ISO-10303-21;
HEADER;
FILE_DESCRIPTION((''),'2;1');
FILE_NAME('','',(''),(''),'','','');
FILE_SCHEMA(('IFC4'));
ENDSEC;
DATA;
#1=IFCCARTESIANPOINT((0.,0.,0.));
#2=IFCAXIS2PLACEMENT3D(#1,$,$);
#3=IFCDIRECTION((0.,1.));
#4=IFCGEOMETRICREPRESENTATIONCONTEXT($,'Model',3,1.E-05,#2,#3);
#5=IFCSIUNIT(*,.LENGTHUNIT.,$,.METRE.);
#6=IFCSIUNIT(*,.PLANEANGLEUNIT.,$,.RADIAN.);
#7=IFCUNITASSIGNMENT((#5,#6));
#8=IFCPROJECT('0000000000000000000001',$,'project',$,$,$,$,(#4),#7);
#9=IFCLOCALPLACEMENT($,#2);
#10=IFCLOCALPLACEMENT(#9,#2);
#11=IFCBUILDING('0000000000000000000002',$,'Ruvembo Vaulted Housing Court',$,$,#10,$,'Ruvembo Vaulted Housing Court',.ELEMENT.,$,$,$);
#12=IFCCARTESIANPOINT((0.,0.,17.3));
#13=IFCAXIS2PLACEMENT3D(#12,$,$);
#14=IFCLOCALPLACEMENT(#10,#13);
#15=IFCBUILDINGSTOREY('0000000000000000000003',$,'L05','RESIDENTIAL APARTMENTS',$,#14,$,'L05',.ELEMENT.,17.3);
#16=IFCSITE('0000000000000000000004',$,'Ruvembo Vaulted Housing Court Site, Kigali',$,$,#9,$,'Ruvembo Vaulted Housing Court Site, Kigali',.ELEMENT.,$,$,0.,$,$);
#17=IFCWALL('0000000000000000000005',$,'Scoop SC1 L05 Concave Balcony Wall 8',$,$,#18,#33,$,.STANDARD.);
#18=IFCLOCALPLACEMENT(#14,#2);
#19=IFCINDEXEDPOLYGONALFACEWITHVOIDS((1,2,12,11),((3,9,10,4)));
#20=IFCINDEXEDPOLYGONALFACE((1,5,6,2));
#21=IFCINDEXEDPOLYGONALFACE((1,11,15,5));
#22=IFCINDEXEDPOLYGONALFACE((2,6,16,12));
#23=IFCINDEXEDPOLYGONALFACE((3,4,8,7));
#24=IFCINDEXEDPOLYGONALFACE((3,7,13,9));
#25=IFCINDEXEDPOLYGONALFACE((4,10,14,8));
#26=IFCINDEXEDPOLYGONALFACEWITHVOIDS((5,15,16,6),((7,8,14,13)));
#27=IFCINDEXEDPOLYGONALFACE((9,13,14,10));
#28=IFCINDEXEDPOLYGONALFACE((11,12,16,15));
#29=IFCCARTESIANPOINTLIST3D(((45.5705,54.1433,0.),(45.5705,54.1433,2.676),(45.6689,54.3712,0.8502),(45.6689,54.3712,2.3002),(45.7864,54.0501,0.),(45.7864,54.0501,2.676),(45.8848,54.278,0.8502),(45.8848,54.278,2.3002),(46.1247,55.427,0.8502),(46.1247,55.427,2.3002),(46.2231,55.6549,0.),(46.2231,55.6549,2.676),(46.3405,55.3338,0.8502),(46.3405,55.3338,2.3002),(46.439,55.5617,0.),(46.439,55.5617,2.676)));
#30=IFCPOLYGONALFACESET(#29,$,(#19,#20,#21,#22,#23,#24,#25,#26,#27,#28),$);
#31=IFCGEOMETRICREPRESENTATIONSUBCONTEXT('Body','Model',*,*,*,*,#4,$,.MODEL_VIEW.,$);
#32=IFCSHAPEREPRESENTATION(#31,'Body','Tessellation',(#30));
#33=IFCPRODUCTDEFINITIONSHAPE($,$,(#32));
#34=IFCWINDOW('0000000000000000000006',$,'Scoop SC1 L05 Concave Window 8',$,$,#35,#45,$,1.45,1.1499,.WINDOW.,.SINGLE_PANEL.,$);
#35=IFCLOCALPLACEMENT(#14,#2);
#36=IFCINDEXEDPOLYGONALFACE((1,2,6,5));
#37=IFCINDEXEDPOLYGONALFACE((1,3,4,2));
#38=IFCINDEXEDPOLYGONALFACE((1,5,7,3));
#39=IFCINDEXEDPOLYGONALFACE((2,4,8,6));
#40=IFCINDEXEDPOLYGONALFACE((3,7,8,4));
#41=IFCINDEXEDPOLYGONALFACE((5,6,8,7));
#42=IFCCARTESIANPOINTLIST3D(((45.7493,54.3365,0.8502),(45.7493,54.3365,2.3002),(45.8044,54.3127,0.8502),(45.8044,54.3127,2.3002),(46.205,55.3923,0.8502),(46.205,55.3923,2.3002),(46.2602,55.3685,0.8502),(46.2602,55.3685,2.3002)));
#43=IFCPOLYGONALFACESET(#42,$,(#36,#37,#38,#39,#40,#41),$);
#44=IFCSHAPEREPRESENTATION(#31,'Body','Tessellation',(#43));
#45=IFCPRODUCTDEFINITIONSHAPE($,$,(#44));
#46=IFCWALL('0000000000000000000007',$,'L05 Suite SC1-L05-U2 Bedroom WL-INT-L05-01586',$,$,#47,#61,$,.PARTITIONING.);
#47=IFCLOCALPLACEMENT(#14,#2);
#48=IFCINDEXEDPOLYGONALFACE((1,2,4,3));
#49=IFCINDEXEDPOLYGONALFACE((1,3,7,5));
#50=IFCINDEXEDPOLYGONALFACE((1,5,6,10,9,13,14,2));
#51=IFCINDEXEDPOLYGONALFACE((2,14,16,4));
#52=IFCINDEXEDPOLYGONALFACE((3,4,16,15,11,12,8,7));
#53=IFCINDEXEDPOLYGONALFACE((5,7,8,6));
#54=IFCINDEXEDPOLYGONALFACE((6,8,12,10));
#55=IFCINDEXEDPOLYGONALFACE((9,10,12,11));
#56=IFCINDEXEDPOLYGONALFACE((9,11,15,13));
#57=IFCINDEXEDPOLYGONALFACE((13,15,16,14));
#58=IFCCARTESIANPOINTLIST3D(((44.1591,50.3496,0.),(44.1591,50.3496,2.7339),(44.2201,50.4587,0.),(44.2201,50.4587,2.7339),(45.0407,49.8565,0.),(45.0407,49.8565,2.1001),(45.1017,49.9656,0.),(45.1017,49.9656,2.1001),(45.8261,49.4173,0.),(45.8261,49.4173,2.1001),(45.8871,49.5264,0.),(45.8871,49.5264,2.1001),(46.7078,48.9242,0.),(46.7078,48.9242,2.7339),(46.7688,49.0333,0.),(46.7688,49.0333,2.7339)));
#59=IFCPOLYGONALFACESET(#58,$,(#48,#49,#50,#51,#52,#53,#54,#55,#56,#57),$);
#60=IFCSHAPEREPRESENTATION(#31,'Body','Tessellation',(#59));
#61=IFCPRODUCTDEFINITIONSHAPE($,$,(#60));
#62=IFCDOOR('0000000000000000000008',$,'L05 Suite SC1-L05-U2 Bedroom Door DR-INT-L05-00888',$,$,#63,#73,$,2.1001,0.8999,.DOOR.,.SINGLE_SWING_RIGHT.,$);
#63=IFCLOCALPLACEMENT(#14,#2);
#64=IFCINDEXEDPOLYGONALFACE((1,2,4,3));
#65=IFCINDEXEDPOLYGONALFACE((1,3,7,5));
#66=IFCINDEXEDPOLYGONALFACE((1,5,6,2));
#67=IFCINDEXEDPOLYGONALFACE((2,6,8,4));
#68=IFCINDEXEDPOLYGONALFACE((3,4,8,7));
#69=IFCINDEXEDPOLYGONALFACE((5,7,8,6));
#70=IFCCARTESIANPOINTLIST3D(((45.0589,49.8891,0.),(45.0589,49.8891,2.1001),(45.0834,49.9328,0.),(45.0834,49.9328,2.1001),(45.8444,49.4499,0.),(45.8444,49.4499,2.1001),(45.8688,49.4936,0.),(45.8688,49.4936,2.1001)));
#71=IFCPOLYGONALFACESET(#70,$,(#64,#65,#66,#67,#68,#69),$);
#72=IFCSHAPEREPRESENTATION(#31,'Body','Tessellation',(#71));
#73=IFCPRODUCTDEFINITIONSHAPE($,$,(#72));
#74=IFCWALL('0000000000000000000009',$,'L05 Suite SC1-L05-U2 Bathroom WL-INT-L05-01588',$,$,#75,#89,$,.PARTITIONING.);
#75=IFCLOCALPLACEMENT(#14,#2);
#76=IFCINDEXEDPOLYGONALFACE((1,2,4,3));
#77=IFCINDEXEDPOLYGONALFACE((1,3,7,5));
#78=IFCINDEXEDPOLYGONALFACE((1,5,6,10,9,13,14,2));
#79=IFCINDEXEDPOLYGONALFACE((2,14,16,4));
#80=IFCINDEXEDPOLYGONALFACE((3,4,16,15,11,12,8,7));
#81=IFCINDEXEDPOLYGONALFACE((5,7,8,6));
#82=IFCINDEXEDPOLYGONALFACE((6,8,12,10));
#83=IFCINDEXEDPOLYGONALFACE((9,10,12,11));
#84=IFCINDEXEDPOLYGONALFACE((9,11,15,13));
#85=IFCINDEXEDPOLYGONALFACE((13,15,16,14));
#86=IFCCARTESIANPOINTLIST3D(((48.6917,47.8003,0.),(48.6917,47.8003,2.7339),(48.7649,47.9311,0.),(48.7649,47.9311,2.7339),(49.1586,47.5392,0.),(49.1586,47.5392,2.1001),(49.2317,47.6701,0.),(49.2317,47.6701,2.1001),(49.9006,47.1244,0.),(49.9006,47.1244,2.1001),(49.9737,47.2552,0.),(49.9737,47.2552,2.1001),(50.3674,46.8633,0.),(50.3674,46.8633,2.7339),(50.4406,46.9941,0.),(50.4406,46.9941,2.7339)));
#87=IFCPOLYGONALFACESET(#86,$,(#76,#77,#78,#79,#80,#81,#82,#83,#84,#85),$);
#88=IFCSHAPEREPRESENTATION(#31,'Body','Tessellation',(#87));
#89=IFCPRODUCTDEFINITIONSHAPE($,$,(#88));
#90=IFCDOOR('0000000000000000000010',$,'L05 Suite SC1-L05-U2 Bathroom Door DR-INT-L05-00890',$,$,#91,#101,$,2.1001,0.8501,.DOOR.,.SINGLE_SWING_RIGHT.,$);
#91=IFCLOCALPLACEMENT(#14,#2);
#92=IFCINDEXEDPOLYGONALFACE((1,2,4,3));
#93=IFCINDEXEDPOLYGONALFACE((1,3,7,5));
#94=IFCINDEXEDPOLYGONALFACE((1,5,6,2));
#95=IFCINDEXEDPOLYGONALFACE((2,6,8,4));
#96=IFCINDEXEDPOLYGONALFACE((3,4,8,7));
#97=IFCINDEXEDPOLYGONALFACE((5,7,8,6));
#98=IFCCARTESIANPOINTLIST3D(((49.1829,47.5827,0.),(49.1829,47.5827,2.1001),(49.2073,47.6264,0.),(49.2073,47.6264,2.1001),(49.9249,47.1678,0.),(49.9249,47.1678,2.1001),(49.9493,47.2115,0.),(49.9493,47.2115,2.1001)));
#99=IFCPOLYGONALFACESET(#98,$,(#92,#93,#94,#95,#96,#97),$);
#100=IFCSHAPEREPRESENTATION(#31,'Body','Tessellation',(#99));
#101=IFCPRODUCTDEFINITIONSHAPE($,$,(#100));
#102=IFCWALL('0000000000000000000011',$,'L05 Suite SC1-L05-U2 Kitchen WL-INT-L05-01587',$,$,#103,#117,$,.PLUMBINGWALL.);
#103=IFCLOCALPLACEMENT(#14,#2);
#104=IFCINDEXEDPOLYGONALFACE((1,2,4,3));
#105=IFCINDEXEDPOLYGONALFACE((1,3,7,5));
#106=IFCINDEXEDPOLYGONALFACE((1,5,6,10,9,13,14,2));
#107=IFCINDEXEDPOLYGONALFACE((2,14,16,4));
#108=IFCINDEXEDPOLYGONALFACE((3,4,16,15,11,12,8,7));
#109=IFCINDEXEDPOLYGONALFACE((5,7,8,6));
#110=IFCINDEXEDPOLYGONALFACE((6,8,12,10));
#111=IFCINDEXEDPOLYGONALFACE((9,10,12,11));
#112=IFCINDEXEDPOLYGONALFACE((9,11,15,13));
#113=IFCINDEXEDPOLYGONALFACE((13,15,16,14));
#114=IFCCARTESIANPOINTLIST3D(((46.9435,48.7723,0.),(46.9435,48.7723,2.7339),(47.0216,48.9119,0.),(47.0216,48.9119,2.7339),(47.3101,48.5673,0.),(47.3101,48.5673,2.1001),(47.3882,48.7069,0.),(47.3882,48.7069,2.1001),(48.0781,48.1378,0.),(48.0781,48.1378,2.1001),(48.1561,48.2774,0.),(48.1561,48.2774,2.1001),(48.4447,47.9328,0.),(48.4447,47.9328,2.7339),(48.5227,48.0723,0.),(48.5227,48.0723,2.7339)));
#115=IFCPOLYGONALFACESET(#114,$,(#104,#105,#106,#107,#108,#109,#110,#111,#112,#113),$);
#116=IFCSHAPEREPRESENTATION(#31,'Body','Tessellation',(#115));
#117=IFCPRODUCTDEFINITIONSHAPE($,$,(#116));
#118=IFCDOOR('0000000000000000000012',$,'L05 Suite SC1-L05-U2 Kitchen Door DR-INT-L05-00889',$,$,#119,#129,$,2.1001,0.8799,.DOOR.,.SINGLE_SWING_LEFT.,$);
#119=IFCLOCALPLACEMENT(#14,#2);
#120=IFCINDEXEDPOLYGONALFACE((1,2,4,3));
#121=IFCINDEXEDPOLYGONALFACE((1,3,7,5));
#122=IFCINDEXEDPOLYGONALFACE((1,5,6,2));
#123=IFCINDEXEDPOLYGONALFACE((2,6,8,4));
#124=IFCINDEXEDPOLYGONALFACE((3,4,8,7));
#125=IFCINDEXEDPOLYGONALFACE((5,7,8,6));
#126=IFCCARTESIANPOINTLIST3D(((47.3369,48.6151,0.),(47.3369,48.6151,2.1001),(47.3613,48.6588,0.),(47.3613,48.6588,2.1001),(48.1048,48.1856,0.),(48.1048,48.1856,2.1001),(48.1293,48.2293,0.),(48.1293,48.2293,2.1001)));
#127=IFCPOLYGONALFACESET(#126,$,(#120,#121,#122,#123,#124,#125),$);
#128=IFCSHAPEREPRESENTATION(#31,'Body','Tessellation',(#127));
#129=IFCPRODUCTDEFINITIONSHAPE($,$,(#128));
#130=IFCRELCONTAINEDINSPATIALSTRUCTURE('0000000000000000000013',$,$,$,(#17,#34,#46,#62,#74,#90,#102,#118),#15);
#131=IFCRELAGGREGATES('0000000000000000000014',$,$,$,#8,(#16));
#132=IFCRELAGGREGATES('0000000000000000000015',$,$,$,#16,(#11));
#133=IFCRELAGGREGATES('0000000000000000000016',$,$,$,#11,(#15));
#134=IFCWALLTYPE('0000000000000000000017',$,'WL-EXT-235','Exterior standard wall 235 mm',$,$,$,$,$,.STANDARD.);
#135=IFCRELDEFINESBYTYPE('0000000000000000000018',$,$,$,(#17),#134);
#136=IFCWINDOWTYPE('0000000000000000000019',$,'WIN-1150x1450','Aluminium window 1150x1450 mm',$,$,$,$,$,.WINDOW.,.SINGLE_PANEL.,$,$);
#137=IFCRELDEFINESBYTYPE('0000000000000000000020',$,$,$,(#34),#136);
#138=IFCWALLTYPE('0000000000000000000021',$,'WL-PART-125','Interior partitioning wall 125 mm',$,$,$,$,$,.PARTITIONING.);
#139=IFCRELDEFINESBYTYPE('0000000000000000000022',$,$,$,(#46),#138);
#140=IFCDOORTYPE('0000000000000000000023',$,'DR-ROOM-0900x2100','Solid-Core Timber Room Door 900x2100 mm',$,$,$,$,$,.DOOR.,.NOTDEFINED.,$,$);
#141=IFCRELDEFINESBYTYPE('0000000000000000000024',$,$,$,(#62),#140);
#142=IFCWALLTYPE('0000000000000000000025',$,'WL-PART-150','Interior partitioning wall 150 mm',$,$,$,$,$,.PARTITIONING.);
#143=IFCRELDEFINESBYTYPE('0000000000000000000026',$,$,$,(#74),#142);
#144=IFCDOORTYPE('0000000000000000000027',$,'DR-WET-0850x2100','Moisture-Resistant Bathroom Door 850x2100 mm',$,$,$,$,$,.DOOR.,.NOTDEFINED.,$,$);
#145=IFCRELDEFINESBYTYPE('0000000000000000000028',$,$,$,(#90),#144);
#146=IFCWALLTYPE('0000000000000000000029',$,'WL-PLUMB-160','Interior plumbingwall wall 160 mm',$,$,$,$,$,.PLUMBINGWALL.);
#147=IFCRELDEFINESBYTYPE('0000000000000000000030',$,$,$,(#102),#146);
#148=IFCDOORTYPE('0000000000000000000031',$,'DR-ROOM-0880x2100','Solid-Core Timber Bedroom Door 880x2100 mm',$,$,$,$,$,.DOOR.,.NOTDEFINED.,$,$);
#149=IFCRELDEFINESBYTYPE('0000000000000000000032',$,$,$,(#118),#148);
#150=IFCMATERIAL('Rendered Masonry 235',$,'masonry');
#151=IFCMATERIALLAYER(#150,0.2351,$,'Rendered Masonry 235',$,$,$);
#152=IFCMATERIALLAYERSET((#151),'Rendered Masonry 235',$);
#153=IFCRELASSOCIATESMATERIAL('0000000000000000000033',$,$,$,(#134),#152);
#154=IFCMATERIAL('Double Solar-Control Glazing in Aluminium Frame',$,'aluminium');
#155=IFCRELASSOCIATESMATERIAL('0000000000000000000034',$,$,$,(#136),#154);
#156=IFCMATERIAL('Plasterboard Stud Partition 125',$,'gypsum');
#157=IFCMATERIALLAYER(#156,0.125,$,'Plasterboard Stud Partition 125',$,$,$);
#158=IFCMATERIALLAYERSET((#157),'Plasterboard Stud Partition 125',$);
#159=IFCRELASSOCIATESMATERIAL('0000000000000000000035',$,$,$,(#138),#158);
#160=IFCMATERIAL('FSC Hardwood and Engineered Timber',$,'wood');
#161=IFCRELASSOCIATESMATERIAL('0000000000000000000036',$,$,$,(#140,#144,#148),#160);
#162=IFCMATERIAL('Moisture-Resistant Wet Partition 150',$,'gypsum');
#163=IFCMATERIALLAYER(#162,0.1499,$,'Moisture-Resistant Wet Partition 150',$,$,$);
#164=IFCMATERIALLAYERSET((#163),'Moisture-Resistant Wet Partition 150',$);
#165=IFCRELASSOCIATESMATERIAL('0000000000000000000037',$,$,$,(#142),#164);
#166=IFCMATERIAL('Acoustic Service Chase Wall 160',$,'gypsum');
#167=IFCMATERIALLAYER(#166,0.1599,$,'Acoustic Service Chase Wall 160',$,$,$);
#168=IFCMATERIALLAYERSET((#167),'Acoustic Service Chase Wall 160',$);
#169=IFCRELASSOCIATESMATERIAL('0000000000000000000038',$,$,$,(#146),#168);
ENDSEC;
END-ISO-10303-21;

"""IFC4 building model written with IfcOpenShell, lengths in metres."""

from ifc_helpers import new_model, si_unit, direction, frame, frame_2d, origin, place, context, subcontext, project, spatial, rectangle, extrude, material, layer, layer_set, type_object, element, fill, save


model = new_model("IFC4")

# Units and contexts
model_context = context("Model", 3, precision=1e-05, world=origin(), true_north=direction((0.0, 1.0)))
body_context = subcontext(model_context, "Body", "Model", "MODEL_VIEW")
ifc_project = project(units=[si_unit("LENGTHUNIT", "METRE"), si_unit("PLANEANGLEUNIT", "RADIAN")], contexts=[model_context])

# Site, building, storey
site_placement = place(None, origin())
site = spatial("IfcSite", under=ifc_project, at=site_placement, Name="Ruvembo Vaulted Housing Court Site, Kigali", LongName="Ruvembo Vaulted Housing Court Site, Kigali", CompositionType="ELEMENT", RefElevation=0.0)
building_placement = place(site_placement, origin())
building = spatial("IfcBuilding", under=site, at=building_placement, Name="Ruvembo Vaulted Housing Court", LongName="Ruvembo Vaulted Housing Court", CompositionType="ELEMENT")
storey_placement = place(building_placement, frame((0.0, 0.0, 17.3)))
storey = spatial("IfcBuildingStorey", under=building, at=storey_placement, Name="L05", Description="RESIDENTIAL APARTMENTS", LongName="L05", CompositionType="ELEMENT", Elevation=17.3)

# Shared definitions
ifc_material_1 = material(Name="FSC Hardwood and Engineered Timber", Category="wood")

# Shared definitions
ifc_material_2 = material(Name="Rendered Masonry 235", Category="masonry")
ifc_layer_1 = layer(ifc_material_2, 0.2351, Name="Rendered Masonry 235")
ifc_layer_set_1 = layer_set([ifc_layer_1], Name="Rendered Masonry 235")
wall_type_1 = type_object("IfcWallType", Name="WL-EXT-235", Description="Exterior standard wall 235 mm", PredefinedType="STANDARD", material=ifc_layer_set_1)
ifc_material_3 = material(Name="Double Solar-Control Glazing in Aluminium Frame", Category="aluminium")

# Wall, opening, window
wall_1_placement = place(storey_placement, frame((45.6785, 54.0967, 0.0), z_axis=(0.0, 0.0, 1.0), x_axis=(0.396334, 0.918107, 0.0)))
wall_1 = element("IfcWall", 1, at=wall_1_placement, inside=storey, type_object=wall_type_1, Name="Scoop SC1 L05 Concave Balcony Wall 8", PredefinedType="STANDARD", context=body_context, shape_type="SweptSolid", body=[
    extrude(rectangle(XDim=1.6465, YDim=0.2351, at=frame_2d((0.8232, 0.0))), origin(), (0.0, 0.0, 1.0), 2.676),
])
opening_1_placement = place(wall_1_placement, frame((0.2483, 0.0, 0.8501)))
opening_1 = element("IfcOpeningElement", 2, at=opening_1_placement, cuts=wall_1, PredefinedType="OPENING", context=body_context, shape_type="SweptSolid", body=[
    extrude(rectangle(XDim=1.1499, YDim=1.45, at=frame_2d((0.575, 0.7251))), frame((0.0, 0.1274, 0.0), z_axis=(0.0, -1.0, 0.0), x_axis=(1.0, 0.0, 0.0)), (0.0, 0.0, 1.0), 0.2551),
])
window_type_1 = type_object("IfcWindowType", Name="WIN-1150x1450", Description="Aluminium window 1150x1450 mm", PartitioningType="SINGLE_PANEL", PredefinedType="WINDOW", material=ifc_material_3)
window_1_placement = place(opening_1_placement, origin())
window_1 = element("IfcWindow", 3, at=window_1_placement, inside=storey, type_object=window_type_1, Name="Scoop SC1 L05 Concave Window 8", OverallHeight=1.45, OverallWidth=1.1499, PartitioningType="SINGLE_PANEL", PredefinedType="WINDOW", context=body_context, shape_type="SweptSolid", body=[
    extrude(rectangle(XDim=1.1499, YDim=1.45, at=frame_2d((0.575, 0.7251))), frame((0.0, 0.03, 0.0), z_axis=(0.0, -1.0, 0.0), x_axis=(1.0, 0.0, 0.0)), (0.0, 0.0, 1.0), 0.0601),
])
fill(opening_1, window_1)

# Walls, openings, doors
ifc_material_4 = material(Name="Plasterboard Stud Partition 125", Category="gypsum")
ifc_layer_2 = layer(ifc_material_4, 0.125, Name="Plasterboard Stud Partition 125")
ifc_layer_set_2 = layer_set([ifc_layer_2], Name="Plasterboard Stud Partition 125")
wall_type_2 = type_object("IfcWallType", Name="WL-PART-125", Description="Interior partitioning wall 125 mm", PredefinedType="PARTITIONING", material=ifc_layer_set_2)
wall_2_placement = place(storey_placement, frame((44.1897, 50.4041, 0.0), z_axis=(0.0, 0.0, 1.0), x_axis=(0.872785, -0.488104, 0.0)))
wall_2 = element("IfcWall", 4, at=wall_2_placement, inside=storey, type_object=wall_type_2, Name="L05 Suite SC1-L05-U2 Bedroom WL-INT-L05-01586", PredefinedType="PARTITIONING", context=body_context, shape_type="SweptSolid", body=[
    extrude(rectangle(XDim=2.9202, YDim=0.125, at=frame_2d((1.46, 0.0))), origin(), (0.0, 0.0, 1.0), 2.7339),
])
opening_2_placement = place(wall_2_placement, frame((1.01, 0.0, 0.0)))
opening_2 = element("IfcOpeningElement", 5, at=opening_2_placement, cuts=wall_2, PredefinedType="OPENING", context=body_context, shape_type="SweptSolid", body=[
    extrude(rectangle(XDim=0.8999, YDim=2.1001, at=frame_2d((0.45, 1.05))), frame((0.0, 0.0725, 0.0), z_axis=(0.0, -1.0, 0.0), x_axis=(1.0, 0.0, 0.0)), (0.0, 0.0, 1.0), 0.145),
])
door_type_1 = type_object("IfcDoorType", Name="DR-ROOM-0900x2100", Description="Solid-Core Timber Room Door 900x2100 mm", OperationType="NOTDEFINED", PredefinedType="DOOR", material=ifc_material_1)
door_1_placement = place(opening_2_placement, origin())
door_1 = element("IfcDoor", 6, at=door_1_placement, inside=storey, type_object=door_type_1, Name="L05 Suite SC1-L05-U2 Bedroom Door DR-INT-L05-00888", OperationType="SINGLE_SWING_RIGHT", OverallHeight=2.1001, OverallWidth=0.8999, PredefinedType="DOOR", context=body_context, shape_type="SweptSolid", body=[
    extrude(rectangle(XDim=0.8999, YDim=2.1001, at=frame_2d((0.45, 1.05))), frame((0.0, 0.0249, 0.0), z_axis=(0.0, -1.0, 0.0), x_axis=(1.0, 0.0, 0.0)), (0.0, 0.0, 1.0), 0.05),
])
fill(opening_2, door_1)
ifc_material_5 = material(Name="Moisture-Resistant Wet Partition 150", Category="gypsum")
ifc_layer_3 = layer(ifc_material_5, 0.1499, Name="Moisture-Resistant Wet Partition 150")
ifc_layer_set_3 = layer_set([ifc_layer_3], Name="Moisture-Resistant Wet Partition 150")
wall_type_3 = type_object("IfcWallType", Name="WL-PART-150", Description="Interior partitioning wall 150 mm", PredefinedType="PARTITIONING", material=ifc_layer_set_3)
wall_3_placement = place(storey_placement, frame((48.7283, 47.8657, 0.0), z_axis=(0.0, 0.0, 1.0), x_axis=(0.872822, -0.488038, 0.0)))
wall_3 = element("IfcWall", 7, at=wall_3_placement, inside=storey, type_object=wall_type_3, Name="L05 Suite SC1-L05-U2 Bathroom WL-INT-L05-01588", PredefinedType="PARTITIONING", context=body_context, shape_type="SweptSolid", body=[
    extrude(rectangle(XDim=1.9199, YDim=0.1499, at=frame_2d((0.96, 0.0))), origin(), (0.0, 0.0, 1.0), 2.7339),
])
opening_3_placement = place(wall_3_placement, frame((0.5349, 0.0, 0.0)))
opening_3 = element("IfcOpeningElement", 8, at=opening_3_placement, cuts=wall_3, PredefinedType="OPENING", context=body_context, shape_type="SweptSolid", body=[
    extrude(rectangle(XDim=0.8501, YDim=2.1001, at=frame_2d((0.425, 1.05))), frame((0.0, 0.085, 0.0), z_axis=(0.0, -1.0, 0.0), x_axis=(1.0, 0.0, 0.0)), (0.0, 0.0, 1.0), 0.1699),
])
door_type_2 = type_object("IfcDoorType", Name="DR-WET-0850x2100", Description="Moisture-Resistant Bathroom Door 850x2100 mm", OperationType="NOTDEFINED", PredefinedType="DOOR", material=ifc_material_1)
door_2_placement = place(opening_3_placement, origin())
door_2 = element("IfcDoor", 9, at=door_2_placement, inside=storey, type_object=door_type_2, Name="L05 Suite SC1-L05-U2 Bathroom Door DR-INT-L05-00890", OperationType="SINGLE_SWING_RIGHT", OverallHeight=2.1001, OverallWidth=0.8501, PredefinedType="DOOR", context=body_context, shape_type="SweptSolid", body=[
    extrude(rectangle(XDim=0.8501, YDim=2.1001, at=frame_2d((0.425, 1.05))), frame((0.0, 0.0249, 0.0), z_axis=(0.0, -1.0, 0.0), x_axis=(1.0, 0.0, 0.0)), (0.0, 0.0, 1.0), 0.05),
])
fill(opening_3, door_2)
ifc_material_6 = material(Name="Acoustic Service Chase Wall 160", Category="gypsum")
ifc_layer_4 = layer(ifc_material_6, 0.1599, Name="Acoustic Service Chase Wall 160")
ifc_layer_set_4 = layer_set([ifc_layer_4], Name="Acoustic Service Chase Wall 160")
wall_type_4 = type_object("IfcWallType", Name="WL-PLUMB-160", Description="Interior plumbingwall wall 160 mm", PredefinedType="PLUMBINGWALL", material=ifc_layer_set_4)
wall_4_placement = place(storey_placement, frame((46.9827, 48.842, 0.0), z_axis=(0.0, 0.0, 1.0), x_axis=(0.872775, -0.488124, 0.0)))
wall_4 = element("IfcWall", 10, at=wall_4_placement, inside=storey, type_object=wall_type_4, Name="L05 Suite SC1-L05-U2 Kitchen WL-INT-L05-01587", PredefinedType="PLUMBINGWALL", context=body_context, shape_type="SweptSolid", body=[
    extrude(rectangle(XDim=1.72, YDim=0.1599, at=frame_2d((0.8599, 0.0))), origin(), (0.0, 0.0, 1.0), 2.7339),
])
opening_4_placement = place(wall_4_placement, frame((0.4199, 0.0, 0.0)))
opening_4 = element("IfcOpeningElement", 11, at=opening_4_placement, cuts=wall_4, PredefinedType="OPENING", context=body_context, shape_type="SweptSolid", body=[
    extrude(rectangle(XDim=0.8799, YDim=2.1001, at=frame_2d((0.4399, 1.05))), frame((0.0, 0.0898, 0.0), z_axis=(0.0, -1.0, 0.0), x_axis=(1.0, 0.0, 0.0)), (0.0, 0.0, 1.0), 0.1799),
])
door_type_3 = type_object("IfcDoorType", Name="DR-ROOM-0880x2100", Description="Solid-Core Timber Bedroom Door 880x2100 mm", OperationType="NOTDEFINED", PredefinedType="DOOR", material=ifc_material_1)
door_3_placement = place(opening_4_placement, origin())
door_3 = element("IfcDoor", 12, at=door_3_placement, inside=storey, type_object=door_type_3, Name="L05 Suite SC1-L05-U2 Kitchen Door DR-INT-L05-00889", OperationType="SINGLE_SWING_LEFT", OverallHeight=2.1001, OverallWidth=0.8799, PredefinedType="DOOR", context=body_context, shape_type="SweptSolid", body=[
    extrude(rectangle(XDim=0.8799, YDim=2.1001, at=frame_2d((0.4399, 1.05))), frame((0.0, 0.0249, 0.0), z_axis=(0.0, -1.0, 0.0), x_axis=(1.0, 0.0, 0.0)), (0.0, 0.0, 1.0), 0.05),
])
fill(opening_4, door_3)

save(model, "model.ifc")
